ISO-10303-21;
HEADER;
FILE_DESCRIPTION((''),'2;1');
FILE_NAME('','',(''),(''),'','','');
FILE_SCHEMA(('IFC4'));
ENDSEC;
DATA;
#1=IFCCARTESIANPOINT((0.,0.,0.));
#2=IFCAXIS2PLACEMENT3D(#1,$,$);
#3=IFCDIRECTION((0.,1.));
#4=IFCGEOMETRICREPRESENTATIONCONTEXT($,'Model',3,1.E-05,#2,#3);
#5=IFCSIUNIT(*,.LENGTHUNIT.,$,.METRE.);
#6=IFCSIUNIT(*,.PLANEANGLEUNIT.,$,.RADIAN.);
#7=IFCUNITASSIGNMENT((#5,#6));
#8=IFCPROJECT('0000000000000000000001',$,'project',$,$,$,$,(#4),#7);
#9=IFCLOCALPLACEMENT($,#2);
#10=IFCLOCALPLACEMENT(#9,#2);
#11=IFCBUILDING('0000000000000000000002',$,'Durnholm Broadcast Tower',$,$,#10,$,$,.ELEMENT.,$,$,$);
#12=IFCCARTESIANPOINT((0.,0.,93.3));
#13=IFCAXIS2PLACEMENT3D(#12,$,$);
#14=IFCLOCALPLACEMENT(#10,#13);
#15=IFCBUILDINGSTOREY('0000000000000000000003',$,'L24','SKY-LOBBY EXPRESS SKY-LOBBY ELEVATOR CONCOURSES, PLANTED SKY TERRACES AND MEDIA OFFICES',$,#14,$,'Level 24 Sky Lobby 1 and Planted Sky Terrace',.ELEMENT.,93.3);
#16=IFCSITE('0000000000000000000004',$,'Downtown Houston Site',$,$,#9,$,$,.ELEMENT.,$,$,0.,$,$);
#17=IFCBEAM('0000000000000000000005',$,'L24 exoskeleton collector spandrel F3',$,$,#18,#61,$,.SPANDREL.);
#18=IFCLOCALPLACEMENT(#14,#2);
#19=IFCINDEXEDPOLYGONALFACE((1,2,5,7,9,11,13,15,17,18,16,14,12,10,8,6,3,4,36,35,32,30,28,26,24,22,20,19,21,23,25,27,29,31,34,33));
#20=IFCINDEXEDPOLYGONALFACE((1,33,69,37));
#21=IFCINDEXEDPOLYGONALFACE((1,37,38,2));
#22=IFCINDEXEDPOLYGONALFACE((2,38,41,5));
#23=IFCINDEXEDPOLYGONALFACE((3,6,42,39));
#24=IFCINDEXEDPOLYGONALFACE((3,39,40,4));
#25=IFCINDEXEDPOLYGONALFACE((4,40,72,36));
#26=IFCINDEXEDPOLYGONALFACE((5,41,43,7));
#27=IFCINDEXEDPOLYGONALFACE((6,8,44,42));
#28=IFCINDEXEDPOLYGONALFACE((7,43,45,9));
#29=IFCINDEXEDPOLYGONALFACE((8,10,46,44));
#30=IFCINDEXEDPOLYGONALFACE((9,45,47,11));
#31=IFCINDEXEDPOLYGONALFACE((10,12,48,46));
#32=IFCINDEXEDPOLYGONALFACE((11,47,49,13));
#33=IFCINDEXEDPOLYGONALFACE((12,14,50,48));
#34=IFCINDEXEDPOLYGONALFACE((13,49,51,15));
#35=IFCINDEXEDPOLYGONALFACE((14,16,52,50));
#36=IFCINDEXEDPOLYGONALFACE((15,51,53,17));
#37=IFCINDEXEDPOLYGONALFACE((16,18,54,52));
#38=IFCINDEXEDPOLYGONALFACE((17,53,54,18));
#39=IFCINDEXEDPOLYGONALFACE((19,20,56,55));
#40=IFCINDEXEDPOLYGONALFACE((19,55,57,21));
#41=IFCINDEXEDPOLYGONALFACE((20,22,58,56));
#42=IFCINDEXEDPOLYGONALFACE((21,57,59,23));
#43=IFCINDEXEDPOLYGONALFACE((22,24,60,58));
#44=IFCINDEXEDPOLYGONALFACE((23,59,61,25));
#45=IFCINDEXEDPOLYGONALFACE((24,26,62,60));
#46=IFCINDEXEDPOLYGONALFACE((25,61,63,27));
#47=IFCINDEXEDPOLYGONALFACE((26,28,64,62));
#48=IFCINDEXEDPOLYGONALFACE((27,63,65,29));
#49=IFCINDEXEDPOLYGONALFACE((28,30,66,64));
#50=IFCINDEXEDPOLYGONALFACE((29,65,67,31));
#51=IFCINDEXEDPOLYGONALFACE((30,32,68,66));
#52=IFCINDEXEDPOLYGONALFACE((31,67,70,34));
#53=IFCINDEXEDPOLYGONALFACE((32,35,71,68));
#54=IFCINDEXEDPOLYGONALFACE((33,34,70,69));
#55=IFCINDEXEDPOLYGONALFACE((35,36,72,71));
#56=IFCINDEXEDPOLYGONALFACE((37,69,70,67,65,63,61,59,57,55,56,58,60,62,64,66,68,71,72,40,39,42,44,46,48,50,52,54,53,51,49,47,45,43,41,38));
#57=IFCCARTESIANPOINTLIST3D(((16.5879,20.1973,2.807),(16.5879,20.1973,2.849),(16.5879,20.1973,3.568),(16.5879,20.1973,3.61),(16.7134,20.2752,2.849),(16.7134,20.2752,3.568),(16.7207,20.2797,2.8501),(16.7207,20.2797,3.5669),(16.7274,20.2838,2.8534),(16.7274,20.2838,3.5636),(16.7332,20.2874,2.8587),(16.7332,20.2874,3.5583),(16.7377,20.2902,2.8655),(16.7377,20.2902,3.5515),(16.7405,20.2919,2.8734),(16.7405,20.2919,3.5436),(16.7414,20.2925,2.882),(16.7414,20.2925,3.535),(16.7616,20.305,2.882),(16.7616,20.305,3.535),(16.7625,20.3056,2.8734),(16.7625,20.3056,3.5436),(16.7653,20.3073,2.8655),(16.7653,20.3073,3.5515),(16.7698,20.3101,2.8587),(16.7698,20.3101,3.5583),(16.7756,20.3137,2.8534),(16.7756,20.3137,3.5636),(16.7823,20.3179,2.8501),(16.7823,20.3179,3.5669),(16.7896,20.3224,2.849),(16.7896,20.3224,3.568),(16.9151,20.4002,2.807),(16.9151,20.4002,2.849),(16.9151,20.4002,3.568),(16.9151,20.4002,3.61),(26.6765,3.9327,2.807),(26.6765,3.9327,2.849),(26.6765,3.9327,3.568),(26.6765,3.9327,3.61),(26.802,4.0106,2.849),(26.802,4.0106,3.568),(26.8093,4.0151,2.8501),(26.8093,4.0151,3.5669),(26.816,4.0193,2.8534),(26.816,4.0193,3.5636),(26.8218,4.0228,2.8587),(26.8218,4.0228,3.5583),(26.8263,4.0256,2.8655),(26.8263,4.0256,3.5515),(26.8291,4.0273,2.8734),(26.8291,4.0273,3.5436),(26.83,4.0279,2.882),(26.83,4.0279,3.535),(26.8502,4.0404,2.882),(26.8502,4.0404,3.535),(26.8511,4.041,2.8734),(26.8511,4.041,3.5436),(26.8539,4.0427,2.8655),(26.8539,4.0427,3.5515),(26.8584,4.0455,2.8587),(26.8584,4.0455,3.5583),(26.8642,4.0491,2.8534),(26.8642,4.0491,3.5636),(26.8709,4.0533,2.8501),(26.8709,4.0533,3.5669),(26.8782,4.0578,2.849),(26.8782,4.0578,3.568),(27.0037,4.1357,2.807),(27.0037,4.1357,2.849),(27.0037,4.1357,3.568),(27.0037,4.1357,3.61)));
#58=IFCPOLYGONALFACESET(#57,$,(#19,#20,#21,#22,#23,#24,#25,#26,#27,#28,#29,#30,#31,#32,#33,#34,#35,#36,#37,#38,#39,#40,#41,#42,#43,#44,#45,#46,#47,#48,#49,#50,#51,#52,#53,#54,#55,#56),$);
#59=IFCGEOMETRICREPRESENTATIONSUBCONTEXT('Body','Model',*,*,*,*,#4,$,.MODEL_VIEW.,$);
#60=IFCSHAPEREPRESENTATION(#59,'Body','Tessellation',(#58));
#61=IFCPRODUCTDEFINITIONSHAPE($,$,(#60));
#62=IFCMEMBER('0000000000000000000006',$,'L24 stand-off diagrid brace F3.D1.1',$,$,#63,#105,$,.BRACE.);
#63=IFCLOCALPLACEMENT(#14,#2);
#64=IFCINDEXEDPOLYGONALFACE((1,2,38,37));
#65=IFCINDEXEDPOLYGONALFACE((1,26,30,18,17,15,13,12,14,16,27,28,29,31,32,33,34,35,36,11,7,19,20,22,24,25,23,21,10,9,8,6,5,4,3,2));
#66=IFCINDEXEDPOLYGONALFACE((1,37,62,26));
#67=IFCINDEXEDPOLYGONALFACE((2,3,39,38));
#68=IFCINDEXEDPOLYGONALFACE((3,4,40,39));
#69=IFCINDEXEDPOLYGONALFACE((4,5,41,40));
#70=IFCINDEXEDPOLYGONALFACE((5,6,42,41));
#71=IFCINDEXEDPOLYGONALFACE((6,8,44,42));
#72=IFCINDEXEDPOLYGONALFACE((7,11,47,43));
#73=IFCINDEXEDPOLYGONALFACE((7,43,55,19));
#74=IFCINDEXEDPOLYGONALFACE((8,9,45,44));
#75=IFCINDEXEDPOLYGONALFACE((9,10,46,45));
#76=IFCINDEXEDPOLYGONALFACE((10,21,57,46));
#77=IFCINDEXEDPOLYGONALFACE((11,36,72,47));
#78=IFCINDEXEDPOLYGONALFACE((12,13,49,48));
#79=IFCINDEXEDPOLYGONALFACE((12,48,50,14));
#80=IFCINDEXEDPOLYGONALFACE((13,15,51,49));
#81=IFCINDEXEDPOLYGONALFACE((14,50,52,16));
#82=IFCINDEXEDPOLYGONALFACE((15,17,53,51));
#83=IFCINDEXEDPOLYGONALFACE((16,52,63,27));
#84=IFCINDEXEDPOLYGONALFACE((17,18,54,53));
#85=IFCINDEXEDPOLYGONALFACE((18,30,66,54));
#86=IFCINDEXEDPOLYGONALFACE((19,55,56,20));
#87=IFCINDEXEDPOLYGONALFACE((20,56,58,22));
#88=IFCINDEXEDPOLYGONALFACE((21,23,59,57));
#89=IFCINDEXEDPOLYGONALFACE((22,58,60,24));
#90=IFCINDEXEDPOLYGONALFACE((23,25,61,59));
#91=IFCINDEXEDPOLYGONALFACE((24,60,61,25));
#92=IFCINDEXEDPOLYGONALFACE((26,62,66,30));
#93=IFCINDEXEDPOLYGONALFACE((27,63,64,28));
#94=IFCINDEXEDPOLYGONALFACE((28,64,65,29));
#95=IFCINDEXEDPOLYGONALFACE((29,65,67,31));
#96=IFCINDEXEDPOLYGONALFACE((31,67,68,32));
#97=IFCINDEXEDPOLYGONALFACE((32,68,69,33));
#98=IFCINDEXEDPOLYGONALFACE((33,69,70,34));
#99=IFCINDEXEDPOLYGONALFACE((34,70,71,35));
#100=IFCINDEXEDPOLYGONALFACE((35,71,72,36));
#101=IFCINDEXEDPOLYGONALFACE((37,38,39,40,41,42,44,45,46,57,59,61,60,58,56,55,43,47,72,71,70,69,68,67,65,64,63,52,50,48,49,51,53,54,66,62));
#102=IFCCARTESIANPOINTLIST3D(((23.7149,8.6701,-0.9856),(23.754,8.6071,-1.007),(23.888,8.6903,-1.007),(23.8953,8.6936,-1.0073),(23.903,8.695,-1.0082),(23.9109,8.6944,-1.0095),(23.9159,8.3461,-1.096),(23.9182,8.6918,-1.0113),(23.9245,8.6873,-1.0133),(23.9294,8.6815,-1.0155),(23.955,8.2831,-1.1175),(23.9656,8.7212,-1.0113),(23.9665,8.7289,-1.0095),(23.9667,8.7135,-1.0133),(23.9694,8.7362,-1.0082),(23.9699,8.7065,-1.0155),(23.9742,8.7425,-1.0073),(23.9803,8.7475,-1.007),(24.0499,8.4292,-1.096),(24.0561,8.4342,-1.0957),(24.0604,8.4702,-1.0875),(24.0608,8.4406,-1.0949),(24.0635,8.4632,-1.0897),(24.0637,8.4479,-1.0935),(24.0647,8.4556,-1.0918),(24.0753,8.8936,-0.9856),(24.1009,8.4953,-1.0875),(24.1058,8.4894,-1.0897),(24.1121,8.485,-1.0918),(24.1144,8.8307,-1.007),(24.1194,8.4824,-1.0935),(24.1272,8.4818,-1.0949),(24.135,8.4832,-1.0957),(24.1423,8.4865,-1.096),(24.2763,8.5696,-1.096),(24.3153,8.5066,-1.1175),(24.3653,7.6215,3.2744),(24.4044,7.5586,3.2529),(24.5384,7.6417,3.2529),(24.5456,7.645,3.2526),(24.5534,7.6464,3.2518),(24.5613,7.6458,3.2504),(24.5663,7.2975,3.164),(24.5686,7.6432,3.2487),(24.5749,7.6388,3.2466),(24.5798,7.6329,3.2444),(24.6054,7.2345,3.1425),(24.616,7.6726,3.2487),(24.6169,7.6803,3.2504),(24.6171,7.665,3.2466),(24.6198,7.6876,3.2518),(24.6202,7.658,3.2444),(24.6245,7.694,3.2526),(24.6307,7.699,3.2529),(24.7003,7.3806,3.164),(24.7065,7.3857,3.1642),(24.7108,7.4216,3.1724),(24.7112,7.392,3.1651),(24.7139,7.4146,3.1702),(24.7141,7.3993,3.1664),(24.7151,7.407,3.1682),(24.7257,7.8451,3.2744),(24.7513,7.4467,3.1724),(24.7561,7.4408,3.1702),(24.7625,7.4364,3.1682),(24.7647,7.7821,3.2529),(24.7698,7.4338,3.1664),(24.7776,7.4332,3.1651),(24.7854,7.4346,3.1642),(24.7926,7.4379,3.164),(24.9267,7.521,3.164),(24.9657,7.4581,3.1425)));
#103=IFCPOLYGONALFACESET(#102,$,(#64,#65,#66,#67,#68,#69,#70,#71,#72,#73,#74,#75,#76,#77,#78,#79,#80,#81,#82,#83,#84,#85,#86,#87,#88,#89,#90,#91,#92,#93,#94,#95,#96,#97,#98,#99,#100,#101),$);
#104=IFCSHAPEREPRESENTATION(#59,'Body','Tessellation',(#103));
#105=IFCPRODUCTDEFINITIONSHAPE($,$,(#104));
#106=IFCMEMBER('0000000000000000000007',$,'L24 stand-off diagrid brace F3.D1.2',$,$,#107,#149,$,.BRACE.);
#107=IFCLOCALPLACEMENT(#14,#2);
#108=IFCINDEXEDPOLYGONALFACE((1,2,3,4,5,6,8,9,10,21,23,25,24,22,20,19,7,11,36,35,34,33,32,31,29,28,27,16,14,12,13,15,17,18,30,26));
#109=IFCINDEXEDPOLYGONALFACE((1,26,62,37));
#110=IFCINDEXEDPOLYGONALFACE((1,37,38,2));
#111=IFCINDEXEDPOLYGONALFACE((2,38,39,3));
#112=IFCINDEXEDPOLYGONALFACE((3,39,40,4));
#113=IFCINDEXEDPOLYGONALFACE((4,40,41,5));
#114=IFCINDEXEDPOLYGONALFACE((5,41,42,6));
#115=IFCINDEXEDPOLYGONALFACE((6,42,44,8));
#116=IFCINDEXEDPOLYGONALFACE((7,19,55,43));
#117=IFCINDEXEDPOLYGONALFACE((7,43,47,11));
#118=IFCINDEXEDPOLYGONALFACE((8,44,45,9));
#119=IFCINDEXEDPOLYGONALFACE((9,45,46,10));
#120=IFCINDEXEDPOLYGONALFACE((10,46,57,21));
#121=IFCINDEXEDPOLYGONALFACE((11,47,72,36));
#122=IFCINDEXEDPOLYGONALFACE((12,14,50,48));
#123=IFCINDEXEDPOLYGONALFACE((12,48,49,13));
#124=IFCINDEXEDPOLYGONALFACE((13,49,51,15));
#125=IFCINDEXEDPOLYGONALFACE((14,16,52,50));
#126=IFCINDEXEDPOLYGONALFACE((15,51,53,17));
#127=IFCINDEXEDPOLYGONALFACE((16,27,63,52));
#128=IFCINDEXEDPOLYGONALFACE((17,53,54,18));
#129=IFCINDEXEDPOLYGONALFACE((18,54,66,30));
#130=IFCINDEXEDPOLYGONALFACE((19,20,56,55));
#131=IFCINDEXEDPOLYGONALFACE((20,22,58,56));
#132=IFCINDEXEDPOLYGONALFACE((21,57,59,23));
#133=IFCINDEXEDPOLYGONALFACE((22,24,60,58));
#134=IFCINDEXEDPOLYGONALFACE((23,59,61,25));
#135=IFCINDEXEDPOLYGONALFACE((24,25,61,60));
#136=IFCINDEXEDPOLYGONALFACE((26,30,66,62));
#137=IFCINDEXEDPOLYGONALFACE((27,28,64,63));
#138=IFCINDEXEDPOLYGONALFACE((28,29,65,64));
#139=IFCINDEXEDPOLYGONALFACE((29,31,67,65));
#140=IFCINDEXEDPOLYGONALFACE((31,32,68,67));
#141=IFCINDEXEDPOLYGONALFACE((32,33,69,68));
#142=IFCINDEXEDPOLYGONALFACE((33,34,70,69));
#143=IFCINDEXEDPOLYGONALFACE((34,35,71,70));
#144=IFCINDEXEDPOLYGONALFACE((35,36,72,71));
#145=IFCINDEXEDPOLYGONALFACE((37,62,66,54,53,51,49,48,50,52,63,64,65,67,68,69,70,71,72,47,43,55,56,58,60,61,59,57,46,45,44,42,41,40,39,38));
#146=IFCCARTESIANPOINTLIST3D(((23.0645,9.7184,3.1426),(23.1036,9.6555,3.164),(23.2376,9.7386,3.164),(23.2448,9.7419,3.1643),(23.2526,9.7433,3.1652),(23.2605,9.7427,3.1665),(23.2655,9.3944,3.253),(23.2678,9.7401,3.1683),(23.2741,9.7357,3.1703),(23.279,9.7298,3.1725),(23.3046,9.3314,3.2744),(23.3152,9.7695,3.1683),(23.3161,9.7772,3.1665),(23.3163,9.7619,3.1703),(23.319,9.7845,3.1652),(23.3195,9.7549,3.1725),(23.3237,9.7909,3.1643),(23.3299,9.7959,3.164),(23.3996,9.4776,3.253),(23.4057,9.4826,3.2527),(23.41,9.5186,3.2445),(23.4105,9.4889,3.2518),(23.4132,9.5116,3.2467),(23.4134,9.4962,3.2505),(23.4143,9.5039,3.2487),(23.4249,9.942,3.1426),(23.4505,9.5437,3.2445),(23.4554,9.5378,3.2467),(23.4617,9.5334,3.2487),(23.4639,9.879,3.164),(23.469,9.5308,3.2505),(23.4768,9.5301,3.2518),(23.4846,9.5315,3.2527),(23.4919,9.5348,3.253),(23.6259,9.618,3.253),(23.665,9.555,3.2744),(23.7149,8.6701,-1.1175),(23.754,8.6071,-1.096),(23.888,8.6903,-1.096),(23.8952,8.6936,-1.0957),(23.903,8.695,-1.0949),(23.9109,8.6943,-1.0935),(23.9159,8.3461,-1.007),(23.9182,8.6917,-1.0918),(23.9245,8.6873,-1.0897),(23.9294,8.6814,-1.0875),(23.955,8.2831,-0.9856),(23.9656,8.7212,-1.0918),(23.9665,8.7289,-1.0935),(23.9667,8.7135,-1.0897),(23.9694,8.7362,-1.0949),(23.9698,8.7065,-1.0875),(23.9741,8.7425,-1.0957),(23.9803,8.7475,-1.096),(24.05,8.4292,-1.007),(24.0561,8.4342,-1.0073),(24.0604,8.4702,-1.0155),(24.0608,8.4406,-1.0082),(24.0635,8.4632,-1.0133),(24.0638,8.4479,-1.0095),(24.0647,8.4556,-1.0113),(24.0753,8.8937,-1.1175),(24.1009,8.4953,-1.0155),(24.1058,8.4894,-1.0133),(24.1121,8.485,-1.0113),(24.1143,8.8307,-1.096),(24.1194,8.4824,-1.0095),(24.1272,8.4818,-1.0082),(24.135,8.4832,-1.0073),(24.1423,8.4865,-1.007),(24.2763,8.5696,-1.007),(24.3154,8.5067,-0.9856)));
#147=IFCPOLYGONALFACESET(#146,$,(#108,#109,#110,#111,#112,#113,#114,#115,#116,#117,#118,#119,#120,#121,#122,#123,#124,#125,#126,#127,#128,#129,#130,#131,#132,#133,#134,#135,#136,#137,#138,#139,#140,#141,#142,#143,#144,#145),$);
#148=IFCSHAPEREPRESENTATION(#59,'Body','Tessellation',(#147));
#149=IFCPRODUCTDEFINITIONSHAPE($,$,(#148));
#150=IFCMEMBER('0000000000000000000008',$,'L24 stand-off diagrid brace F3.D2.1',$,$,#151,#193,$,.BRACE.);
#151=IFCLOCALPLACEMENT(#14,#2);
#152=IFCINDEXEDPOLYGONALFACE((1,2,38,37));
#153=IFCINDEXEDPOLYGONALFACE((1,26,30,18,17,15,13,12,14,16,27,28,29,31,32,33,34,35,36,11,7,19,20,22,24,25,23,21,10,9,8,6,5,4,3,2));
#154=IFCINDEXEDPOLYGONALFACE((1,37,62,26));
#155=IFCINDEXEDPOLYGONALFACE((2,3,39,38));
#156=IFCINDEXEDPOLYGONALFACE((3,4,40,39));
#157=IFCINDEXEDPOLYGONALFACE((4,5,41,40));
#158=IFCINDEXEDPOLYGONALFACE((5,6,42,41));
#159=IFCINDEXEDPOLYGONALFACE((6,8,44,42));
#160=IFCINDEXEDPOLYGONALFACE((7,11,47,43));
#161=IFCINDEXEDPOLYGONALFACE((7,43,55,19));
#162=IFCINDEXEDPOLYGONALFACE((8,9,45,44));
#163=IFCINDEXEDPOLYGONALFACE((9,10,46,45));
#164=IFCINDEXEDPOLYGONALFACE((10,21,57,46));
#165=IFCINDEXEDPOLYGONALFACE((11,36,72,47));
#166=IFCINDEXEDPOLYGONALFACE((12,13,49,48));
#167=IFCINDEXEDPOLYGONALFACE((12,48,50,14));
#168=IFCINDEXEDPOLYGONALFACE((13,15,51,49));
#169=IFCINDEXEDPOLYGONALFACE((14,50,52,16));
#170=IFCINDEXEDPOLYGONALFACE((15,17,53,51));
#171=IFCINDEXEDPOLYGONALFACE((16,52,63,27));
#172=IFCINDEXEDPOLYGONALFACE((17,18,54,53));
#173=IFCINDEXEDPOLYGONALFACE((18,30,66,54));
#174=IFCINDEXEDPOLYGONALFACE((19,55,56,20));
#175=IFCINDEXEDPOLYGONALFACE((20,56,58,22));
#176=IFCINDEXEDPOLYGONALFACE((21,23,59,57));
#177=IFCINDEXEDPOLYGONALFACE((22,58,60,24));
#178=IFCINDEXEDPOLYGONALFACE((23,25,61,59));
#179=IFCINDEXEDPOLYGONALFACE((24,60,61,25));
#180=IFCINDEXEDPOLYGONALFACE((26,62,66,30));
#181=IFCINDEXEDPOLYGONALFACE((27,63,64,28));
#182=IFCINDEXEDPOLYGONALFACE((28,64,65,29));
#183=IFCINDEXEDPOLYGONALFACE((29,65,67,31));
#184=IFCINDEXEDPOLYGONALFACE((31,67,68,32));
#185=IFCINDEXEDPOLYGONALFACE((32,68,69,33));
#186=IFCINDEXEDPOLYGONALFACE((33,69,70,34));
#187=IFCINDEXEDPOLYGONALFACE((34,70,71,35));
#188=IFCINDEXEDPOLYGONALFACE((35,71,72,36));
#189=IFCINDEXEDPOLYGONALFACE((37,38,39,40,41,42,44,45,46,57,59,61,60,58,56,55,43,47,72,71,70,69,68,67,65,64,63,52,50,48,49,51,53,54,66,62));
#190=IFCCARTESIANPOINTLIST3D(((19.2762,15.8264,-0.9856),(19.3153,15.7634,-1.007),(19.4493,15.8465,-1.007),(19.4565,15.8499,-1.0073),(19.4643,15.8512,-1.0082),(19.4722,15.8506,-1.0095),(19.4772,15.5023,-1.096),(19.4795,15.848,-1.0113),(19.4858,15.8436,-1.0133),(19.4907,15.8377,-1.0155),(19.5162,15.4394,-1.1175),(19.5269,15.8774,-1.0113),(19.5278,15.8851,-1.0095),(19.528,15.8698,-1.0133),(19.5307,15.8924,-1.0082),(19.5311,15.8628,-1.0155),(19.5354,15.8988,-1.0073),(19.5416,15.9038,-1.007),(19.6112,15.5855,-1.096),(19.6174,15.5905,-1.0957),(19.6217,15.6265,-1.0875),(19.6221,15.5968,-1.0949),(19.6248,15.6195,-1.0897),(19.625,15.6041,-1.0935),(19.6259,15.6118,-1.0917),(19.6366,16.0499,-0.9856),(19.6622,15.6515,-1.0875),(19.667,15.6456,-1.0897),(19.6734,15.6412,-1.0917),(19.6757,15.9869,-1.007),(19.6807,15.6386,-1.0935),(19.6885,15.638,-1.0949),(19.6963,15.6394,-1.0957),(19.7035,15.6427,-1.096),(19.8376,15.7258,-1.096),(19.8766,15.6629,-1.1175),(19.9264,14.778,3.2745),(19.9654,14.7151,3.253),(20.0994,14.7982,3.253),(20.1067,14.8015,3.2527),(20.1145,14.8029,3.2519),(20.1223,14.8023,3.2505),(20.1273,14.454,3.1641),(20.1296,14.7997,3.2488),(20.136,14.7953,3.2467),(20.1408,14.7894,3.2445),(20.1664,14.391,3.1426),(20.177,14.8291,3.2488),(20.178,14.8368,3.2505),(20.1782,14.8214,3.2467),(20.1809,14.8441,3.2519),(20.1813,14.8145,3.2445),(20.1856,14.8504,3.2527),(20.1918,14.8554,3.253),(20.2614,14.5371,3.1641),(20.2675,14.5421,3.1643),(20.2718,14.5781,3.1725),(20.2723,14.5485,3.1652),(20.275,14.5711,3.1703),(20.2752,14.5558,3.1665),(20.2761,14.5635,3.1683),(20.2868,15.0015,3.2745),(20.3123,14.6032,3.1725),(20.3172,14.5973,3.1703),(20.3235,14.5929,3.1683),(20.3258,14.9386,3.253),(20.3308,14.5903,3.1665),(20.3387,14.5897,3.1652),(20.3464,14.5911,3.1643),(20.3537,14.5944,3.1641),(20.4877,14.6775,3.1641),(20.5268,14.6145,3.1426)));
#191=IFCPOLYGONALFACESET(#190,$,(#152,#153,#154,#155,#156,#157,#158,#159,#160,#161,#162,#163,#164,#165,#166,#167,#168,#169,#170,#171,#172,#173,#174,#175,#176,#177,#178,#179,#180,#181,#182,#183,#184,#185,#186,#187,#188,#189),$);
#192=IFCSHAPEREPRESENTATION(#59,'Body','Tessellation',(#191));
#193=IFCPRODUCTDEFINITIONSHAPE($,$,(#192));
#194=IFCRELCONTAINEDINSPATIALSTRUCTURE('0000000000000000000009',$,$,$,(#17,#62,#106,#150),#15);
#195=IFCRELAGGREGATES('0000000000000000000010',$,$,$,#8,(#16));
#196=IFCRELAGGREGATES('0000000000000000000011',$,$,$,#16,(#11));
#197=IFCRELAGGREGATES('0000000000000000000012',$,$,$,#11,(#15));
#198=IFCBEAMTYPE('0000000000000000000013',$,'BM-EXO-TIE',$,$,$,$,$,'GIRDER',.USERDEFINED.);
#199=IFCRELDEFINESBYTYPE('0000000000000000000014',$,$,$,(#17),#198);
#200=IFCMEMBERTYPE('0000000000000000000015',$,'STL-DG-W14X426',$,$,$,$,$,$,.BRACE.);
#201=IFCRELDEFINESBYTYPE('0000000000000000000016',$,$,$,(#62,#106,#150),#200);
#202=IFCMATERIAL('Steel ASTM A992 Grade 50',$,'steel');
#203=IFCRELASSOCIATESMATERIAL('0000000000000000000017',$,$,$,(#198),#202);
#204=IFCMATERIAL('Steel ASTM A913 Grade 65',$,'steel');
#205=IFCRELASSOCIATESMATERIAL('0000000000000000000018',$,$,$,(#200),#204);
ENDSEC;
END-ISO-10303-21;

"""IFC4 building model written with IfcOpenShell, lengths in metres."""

from ifc_helpers import new_model, si_unit, direction, frame, origin, origin_2d, place, context, subcontext, project, spatial, i_section, extrude, source, transform, mapped, material, material_profile, profile_set, type_object, type_shapes, element, save


model = new_model("IFC4")

# Units and contexts
model_context = context("Model", 3, precision=1e-05, world=origin(), true_north=direction((0.0, 1.0)))
body_context = subcontext(model_context, "Body", "Model", "MODEL_VIEW")
ifc_project = project(units=[si_unit("LENGTHUNIT", "METRE"), si_unit("PLANEANGLEUNIT", "RADIAN")], contexts=[model_context])

# Site, building, storey
site_placement = place(None, origin())
site = spatial("IfcSite", under=ifc_project, at=site_placement, Name="Downtown Houston Site", CompositionType="ELEMENT", RefElevation=0.0)
building_placement = place(site_placement, origin())
building = spatial("IfcBuilding", under=site, at=building_placement, Name="Durnholm Broadcast Tower", CompositionType="ELEMENT")
storey_placement = place(building_placement, frame((0.0, 0.0, 93.3)))
storey = spatial("IfcBuildingStorey", under=building, at=storey_placement, Name="L24", Description="SKY-LOBBY EXPRESS SKY-LOBBY ELEVATOR CONCOURSES, PLANTED SKY TERRACES AND MEDIA OFFICES", LongName="Level 24 Sky Lobby 1 and Planted Sky Terrace", CompositionType="ELEMENT", Elevation=93.3)

# Beam
ifc_material_1 = material(Name="Steel ASTM A992 Grade 50", Category="steel")
ifc_material_profile_1 = material_profile(ifc_material_1, i_section(OverallWidth=0.385, OverallDepth=0.803, WebThickness=0.0237, FlangeThickness=0.042, FilletRadius=0.033, at=origin_2d()), Name="W30X261")
ifc_profile_set_1 = profile_set([ifc_material_profile_1], Name="Steel ASTM A992 Grade 50")
beam_type_1 = type_object("IfcBeamType", Name="BM-EXO-TIE", ElementType="GIRDER", PredefinedType="USERDEFINED", material=ifc_profile_set_1)
shared_shape_1 = source(origin(), body_context, "Body", "SweptSolid", [
    extrude(i_section(OverallWidth=0.385, OverallDepth=0.803, WebThickness=0.0237, FlangeThickness=0.042, FilletRadius=0.033, at=origin_2d()), origin(), (0.0, 0.0, 1.0), 19.1394),
])
beam_1_placement = place(storey_placement, frame((26.8401, 4.0342, 3.2085), z_axis=(-0.527111, 0.849796, 0.0), x_axis=(-0.849796, -0.527111, 0.0)))
element("IfcBeam", 1, at=beam_1_placement, inside=storey, type_object=beam_type_1, Name="L24 exoskeleton collector spandrel F3", PredefinedType="SPANDREL", context=body_context, shape_type="MappedRepresentation", body=[
    mapped(shared_shape_1, transform((0.0, 0.0, 0.0), x_axis=(1.0, 0.0, 0.0), y_axis=(0.0, 1.0, 0.0), z_axis=(0.0, 0.0, 1.0), scale=1.0)),
])

# Members
ifc_material_2 = material(Name="Steel ASTM A913 Grade 65", Category="steel")
ifc_material_profile_2 = material_profile(ifc_material_2, i_section(OverallWidth=0.4241, OverallDepth=0.4741, WebThickness=0.0476, FlangeThickness=0.0771, FilletRadius=0.0305, at=origin_2d()), Name="W14X426")
ifc_profile_set_2 = profile_set([ifc_material_profile_2], Name="Steel ASTM A913 Grade 65")
member_type_1 = type_object("IfcMemberType", Name="STL-DG-W14X426", PredefinedType="BRACE", material=ifc_profile_set_2)
shared_shape_2 = source(origin(), body_context, "Body", "SweptSolid", [
    extrude(i_section(OverallWidth=0.4241, OverallDepth=0.4741, WebThickness=0.0476, FlangeThickness=0.0771, FilletRadius=0.0305, at=origin_2d()), origin(), (0.0, 0.0, 1.0), 4.4351),
])
type_shapes(member_type_1, [shared_shape_2])
for number, where, z_axis, x_axis, name in (
    (2, (24.0151, 8.5884, -1.0515), (0.146646, -0.236428, 0.960519), (0.849805, 0.527097, 0.0), "L24 stand-off diagrid brace F3.D1.1"),
    (3, (24.0151, 8.5884, -1.0515), (-0.146648, 0.236376, 0.960532), (-0.84975, -0.527186, 0.0), "L24 stand-off diagrid brace F3.D1.2"),
    (4, (19.5764, 15.7446, -1.0515), (0.146594, -0.236378, 0.960539), (0.849839, 0.527043, 0.0), "L24 stand-off diagrid brace F3.D2.1"),
):
    element("IfcMember", number, at=place(storey_placement, frame(where, z_axis=z_axis, x_axis=x_axis)), inside=storey, type_object=member_type_1, Name=name, PredefinedType="BRACE", context=body_context, shape_type="MappedRepresentation", body=[
        mapped(shared_shape_2, transform((0.0, 0.0, 0.0), x_axis=(1.0, 0.0, 0.0), y_axis=(0.0, 1.0, 0.0), z_axis=(0.0, 0.0, 1.0), scale=1.0)),
    ])

save(model, "model.ifc")
